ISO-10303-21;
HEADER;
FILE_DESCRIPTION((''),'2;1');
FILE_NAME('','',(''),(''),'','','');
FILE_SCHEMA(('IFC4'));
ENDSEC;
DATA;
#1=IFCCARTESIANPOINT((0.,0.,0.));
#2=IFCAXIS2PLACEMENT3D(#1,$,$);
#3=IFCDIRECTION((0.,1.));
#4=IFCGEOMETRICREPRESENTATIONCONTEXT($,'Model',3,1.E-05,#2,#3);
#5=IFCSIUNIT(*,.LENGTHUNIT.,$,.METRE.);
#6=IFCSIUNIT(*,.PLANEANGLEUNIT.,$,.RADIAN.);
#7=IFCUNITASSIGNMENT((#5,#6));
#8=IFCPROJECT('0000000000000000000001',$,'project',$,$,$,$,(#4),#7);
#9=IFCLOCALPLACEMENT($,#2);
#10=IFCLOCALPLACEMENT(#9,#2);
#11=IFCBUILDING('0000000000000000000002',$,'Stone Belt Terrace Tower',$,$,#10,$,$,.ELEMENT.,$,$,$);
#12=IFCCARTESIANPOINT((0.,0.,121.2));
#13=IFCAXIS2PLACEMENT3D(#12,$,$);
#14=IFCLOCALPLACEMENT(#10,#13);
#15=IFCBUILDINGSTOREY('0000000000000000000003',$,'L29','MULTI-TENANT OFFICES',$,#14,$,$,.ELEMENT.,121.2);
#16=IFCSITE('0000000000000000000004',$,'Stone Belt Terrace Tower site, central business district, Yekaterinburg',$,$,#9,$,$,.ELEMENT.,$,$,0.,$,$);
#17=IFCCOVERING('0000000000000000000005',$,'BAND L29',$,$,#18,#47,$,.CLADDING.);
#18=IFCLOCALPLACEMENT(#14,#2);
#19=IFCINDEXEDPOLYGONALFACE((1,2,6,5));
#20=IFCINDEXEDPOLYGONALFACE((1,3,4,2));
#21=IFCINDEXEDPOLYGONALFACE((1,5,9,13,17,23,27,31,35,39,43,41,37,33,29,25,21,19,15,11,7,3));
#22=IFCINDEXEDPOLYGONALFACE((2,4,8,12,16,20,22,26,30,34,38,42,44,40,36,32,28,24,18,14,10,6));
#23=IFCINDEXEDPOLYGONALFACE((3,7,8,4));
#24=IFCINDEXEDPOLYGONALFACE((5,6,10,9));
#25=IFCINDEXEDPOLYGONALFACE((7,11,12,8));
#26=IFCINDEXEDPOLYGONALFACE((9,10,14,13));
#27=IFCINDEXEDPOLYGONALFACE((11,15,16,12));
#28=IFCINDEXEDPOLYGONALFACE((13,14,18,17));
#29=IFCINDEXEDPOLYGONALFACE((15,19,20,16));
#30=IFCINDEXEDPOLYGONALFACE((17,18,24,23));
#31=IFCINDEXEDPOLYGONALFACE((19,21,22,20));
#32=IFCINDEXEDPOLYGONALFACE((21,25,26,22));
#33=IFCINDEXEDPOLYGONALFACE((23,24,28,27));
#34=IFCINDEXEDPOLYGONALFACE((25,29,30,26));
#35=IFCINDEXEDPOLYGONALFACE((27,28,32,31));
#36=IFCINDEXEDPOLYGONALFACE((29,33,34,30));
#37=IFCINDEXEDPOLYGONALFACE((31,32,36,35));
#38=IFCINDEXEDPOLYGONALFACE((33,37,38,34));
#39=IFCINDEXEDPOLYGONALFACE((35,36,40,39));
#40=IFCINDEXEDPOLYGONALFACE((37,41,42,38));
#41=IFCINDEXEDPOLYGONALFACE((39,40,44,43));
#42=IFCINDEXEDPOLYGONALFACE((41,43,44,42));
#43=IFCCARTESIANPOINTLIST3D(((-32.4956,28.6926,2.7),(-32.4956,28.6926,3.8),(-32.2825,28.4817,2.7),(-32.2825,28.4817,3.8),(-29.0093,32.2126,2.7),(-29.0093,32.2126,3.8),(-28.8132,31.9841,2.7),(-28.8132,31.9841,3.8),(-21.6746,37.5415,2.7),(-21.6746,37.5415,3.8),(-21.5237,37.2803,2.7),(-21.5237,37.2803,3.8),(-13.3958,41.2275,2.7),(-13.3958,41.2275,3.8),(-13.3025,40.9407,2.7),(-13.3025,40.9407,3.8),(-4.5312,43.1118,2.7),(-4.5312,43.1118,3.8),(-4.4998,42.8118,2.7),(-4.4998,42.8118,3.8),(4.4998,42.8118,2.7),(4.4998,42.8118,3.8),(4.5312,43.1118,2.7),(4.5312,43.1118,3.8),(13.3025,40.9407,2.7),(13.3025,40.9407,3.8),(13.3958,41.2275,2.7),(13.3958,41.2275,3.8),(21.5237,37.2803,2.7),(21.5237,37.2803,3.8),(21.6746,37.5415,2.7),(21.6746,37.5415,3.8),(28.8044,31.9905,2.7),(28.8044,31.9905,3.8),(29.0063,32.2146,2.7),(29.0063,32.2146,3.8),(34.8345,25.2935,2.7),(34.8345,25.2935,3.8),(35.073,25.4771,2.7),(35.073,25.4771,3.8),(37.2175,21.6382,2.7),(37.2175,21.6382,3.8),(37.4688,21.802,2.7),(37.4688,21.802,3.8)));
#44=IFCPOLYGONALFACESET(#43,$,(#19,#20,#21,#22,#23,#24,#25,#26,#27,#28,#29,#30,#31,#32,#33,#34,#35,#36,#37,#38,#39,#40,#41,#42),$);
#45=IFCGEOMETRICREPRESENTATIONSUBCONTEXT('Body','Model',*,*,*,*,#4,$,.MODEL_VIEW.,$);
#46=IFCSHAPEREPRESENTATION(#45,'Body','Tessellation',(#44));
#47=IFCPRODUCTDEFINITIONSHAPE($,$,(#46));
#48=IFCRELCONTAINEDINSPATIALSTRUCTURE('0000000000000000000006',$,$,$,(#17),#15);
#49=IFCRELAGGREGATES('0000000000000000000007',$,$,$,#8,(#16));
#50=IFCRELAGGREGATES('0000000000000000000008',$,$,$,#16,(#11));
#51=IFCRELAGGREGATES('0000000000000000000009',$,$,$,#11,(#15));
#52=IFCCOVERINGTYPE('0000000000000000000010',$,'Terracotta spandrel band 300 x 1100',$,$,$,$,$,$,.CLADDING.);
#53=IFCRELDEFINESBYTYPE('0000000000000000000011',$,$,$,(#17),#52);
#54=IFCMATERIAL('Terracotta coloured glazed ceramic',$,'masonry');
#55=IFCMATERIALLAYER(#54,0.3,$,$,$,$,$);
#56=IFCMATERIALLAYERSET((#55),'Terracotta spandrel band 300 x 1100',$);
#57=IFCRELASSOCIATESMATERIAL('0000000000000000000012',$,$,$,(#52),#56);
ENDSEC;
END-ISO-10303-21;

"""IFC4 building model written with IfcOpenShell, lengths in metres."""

from ifc_helpers import new_model, si_unit, direction, frame, origin, place, context, subcontext, project, spatial, polyline, outline, extrude, material, layer, layer_set, type_object, element, save


model = new_model("IFC4")

# Units and contexts
model_context = context("Model", 3, precision=1e-05, world=origin(), true_north=direction((0.0, 1.0)))
body_context = subcontext(model_context, "Body", "Model", "MODEL_VIEW")
ifc_project = project(units=[si_unit("LENGTHUNIT", "METRE"), si_unit("PLANEANGLEUNIT", "RADIAN")], contexts=[model_context])

# Site, building, storey
site_placement = place(None, origin())
site = spatial("IfcSite", under=ifc_project, at=site_placement, Name="Stone Belt Terrace Tower site, central business district, Yekaterinburg", CompositionType="ELEMENT", RefElevation=0.0)
building_placement = place(site_placement, origin())
building = spatial("IfcBuilding", under=site, at=building_placement, Name="Stone Belt Terrace Tower", CompositionType="ELEMENT")
storey_placement = place(building_placement, frame((0.0, 0.0, 121.2)))
storey = spatial("IfcBuildingStorey", under=building, at=storey_placement, Name="L29", Description="MULTI-TENANT OFFICES", CompositionType="ELEMENT", Elevation=121.2)

# Covering
ifc_material_1 = material(Name="Terracotta coloured glazed ceramic", Category="masonry")
ifc_layer_1 = layer(ifc_material_1, 0.3)
ifc_layer_set_1 = layer_set([ifc_layer_1], Name="Terracotta spandrel band 300 x 1100")
covering_type = type_object("IfcCoveringType", Name="Terracotta spandrel band 300 x 1100", PredefinedType="CLADDING", material=ifc_layer_set_1)
covering_placement = place(storey_placement, frame((0.0, 0.0, 2.7)))
element("IfcCovering", 1, at=covering_placement, inside=storey, type_object=covering_type, Name="BAND L29", PredefinedType="CLADDING", context=body_context, shape_type="SweptSolid", body=[
    extrude(outline(polyline([(-32.4956, 28.6926), (-29.0093, 32.2126), (-21.6746, 37.5415), (-13.3958, 41.2275), (-4.5312, 43.1118), (4.5312, 43.1118), (13.3958, 41.2275), (21.6746, 37.5415), (29.0063, 32.2146), (35.073, 25.4771), (37.4688, 21.802), (37.2175, 21.6382), (34.8345, 25.2935), (28.8044, 31.9905), (21.5237, 37.2803), (13.3025, 40.9407), (4.4998, 42.8118), (-4.4998, 42.8118), (-13.3025, 40.9407), (-21.5237, 37.2803), (-28.8132, 31.9841), (-32.2825, 28.4817), (-32.4956, 28.6926)])), origin(), (0.0, 0.0, 1.0), 1.1001),
])

save(model, "model.ifc")
